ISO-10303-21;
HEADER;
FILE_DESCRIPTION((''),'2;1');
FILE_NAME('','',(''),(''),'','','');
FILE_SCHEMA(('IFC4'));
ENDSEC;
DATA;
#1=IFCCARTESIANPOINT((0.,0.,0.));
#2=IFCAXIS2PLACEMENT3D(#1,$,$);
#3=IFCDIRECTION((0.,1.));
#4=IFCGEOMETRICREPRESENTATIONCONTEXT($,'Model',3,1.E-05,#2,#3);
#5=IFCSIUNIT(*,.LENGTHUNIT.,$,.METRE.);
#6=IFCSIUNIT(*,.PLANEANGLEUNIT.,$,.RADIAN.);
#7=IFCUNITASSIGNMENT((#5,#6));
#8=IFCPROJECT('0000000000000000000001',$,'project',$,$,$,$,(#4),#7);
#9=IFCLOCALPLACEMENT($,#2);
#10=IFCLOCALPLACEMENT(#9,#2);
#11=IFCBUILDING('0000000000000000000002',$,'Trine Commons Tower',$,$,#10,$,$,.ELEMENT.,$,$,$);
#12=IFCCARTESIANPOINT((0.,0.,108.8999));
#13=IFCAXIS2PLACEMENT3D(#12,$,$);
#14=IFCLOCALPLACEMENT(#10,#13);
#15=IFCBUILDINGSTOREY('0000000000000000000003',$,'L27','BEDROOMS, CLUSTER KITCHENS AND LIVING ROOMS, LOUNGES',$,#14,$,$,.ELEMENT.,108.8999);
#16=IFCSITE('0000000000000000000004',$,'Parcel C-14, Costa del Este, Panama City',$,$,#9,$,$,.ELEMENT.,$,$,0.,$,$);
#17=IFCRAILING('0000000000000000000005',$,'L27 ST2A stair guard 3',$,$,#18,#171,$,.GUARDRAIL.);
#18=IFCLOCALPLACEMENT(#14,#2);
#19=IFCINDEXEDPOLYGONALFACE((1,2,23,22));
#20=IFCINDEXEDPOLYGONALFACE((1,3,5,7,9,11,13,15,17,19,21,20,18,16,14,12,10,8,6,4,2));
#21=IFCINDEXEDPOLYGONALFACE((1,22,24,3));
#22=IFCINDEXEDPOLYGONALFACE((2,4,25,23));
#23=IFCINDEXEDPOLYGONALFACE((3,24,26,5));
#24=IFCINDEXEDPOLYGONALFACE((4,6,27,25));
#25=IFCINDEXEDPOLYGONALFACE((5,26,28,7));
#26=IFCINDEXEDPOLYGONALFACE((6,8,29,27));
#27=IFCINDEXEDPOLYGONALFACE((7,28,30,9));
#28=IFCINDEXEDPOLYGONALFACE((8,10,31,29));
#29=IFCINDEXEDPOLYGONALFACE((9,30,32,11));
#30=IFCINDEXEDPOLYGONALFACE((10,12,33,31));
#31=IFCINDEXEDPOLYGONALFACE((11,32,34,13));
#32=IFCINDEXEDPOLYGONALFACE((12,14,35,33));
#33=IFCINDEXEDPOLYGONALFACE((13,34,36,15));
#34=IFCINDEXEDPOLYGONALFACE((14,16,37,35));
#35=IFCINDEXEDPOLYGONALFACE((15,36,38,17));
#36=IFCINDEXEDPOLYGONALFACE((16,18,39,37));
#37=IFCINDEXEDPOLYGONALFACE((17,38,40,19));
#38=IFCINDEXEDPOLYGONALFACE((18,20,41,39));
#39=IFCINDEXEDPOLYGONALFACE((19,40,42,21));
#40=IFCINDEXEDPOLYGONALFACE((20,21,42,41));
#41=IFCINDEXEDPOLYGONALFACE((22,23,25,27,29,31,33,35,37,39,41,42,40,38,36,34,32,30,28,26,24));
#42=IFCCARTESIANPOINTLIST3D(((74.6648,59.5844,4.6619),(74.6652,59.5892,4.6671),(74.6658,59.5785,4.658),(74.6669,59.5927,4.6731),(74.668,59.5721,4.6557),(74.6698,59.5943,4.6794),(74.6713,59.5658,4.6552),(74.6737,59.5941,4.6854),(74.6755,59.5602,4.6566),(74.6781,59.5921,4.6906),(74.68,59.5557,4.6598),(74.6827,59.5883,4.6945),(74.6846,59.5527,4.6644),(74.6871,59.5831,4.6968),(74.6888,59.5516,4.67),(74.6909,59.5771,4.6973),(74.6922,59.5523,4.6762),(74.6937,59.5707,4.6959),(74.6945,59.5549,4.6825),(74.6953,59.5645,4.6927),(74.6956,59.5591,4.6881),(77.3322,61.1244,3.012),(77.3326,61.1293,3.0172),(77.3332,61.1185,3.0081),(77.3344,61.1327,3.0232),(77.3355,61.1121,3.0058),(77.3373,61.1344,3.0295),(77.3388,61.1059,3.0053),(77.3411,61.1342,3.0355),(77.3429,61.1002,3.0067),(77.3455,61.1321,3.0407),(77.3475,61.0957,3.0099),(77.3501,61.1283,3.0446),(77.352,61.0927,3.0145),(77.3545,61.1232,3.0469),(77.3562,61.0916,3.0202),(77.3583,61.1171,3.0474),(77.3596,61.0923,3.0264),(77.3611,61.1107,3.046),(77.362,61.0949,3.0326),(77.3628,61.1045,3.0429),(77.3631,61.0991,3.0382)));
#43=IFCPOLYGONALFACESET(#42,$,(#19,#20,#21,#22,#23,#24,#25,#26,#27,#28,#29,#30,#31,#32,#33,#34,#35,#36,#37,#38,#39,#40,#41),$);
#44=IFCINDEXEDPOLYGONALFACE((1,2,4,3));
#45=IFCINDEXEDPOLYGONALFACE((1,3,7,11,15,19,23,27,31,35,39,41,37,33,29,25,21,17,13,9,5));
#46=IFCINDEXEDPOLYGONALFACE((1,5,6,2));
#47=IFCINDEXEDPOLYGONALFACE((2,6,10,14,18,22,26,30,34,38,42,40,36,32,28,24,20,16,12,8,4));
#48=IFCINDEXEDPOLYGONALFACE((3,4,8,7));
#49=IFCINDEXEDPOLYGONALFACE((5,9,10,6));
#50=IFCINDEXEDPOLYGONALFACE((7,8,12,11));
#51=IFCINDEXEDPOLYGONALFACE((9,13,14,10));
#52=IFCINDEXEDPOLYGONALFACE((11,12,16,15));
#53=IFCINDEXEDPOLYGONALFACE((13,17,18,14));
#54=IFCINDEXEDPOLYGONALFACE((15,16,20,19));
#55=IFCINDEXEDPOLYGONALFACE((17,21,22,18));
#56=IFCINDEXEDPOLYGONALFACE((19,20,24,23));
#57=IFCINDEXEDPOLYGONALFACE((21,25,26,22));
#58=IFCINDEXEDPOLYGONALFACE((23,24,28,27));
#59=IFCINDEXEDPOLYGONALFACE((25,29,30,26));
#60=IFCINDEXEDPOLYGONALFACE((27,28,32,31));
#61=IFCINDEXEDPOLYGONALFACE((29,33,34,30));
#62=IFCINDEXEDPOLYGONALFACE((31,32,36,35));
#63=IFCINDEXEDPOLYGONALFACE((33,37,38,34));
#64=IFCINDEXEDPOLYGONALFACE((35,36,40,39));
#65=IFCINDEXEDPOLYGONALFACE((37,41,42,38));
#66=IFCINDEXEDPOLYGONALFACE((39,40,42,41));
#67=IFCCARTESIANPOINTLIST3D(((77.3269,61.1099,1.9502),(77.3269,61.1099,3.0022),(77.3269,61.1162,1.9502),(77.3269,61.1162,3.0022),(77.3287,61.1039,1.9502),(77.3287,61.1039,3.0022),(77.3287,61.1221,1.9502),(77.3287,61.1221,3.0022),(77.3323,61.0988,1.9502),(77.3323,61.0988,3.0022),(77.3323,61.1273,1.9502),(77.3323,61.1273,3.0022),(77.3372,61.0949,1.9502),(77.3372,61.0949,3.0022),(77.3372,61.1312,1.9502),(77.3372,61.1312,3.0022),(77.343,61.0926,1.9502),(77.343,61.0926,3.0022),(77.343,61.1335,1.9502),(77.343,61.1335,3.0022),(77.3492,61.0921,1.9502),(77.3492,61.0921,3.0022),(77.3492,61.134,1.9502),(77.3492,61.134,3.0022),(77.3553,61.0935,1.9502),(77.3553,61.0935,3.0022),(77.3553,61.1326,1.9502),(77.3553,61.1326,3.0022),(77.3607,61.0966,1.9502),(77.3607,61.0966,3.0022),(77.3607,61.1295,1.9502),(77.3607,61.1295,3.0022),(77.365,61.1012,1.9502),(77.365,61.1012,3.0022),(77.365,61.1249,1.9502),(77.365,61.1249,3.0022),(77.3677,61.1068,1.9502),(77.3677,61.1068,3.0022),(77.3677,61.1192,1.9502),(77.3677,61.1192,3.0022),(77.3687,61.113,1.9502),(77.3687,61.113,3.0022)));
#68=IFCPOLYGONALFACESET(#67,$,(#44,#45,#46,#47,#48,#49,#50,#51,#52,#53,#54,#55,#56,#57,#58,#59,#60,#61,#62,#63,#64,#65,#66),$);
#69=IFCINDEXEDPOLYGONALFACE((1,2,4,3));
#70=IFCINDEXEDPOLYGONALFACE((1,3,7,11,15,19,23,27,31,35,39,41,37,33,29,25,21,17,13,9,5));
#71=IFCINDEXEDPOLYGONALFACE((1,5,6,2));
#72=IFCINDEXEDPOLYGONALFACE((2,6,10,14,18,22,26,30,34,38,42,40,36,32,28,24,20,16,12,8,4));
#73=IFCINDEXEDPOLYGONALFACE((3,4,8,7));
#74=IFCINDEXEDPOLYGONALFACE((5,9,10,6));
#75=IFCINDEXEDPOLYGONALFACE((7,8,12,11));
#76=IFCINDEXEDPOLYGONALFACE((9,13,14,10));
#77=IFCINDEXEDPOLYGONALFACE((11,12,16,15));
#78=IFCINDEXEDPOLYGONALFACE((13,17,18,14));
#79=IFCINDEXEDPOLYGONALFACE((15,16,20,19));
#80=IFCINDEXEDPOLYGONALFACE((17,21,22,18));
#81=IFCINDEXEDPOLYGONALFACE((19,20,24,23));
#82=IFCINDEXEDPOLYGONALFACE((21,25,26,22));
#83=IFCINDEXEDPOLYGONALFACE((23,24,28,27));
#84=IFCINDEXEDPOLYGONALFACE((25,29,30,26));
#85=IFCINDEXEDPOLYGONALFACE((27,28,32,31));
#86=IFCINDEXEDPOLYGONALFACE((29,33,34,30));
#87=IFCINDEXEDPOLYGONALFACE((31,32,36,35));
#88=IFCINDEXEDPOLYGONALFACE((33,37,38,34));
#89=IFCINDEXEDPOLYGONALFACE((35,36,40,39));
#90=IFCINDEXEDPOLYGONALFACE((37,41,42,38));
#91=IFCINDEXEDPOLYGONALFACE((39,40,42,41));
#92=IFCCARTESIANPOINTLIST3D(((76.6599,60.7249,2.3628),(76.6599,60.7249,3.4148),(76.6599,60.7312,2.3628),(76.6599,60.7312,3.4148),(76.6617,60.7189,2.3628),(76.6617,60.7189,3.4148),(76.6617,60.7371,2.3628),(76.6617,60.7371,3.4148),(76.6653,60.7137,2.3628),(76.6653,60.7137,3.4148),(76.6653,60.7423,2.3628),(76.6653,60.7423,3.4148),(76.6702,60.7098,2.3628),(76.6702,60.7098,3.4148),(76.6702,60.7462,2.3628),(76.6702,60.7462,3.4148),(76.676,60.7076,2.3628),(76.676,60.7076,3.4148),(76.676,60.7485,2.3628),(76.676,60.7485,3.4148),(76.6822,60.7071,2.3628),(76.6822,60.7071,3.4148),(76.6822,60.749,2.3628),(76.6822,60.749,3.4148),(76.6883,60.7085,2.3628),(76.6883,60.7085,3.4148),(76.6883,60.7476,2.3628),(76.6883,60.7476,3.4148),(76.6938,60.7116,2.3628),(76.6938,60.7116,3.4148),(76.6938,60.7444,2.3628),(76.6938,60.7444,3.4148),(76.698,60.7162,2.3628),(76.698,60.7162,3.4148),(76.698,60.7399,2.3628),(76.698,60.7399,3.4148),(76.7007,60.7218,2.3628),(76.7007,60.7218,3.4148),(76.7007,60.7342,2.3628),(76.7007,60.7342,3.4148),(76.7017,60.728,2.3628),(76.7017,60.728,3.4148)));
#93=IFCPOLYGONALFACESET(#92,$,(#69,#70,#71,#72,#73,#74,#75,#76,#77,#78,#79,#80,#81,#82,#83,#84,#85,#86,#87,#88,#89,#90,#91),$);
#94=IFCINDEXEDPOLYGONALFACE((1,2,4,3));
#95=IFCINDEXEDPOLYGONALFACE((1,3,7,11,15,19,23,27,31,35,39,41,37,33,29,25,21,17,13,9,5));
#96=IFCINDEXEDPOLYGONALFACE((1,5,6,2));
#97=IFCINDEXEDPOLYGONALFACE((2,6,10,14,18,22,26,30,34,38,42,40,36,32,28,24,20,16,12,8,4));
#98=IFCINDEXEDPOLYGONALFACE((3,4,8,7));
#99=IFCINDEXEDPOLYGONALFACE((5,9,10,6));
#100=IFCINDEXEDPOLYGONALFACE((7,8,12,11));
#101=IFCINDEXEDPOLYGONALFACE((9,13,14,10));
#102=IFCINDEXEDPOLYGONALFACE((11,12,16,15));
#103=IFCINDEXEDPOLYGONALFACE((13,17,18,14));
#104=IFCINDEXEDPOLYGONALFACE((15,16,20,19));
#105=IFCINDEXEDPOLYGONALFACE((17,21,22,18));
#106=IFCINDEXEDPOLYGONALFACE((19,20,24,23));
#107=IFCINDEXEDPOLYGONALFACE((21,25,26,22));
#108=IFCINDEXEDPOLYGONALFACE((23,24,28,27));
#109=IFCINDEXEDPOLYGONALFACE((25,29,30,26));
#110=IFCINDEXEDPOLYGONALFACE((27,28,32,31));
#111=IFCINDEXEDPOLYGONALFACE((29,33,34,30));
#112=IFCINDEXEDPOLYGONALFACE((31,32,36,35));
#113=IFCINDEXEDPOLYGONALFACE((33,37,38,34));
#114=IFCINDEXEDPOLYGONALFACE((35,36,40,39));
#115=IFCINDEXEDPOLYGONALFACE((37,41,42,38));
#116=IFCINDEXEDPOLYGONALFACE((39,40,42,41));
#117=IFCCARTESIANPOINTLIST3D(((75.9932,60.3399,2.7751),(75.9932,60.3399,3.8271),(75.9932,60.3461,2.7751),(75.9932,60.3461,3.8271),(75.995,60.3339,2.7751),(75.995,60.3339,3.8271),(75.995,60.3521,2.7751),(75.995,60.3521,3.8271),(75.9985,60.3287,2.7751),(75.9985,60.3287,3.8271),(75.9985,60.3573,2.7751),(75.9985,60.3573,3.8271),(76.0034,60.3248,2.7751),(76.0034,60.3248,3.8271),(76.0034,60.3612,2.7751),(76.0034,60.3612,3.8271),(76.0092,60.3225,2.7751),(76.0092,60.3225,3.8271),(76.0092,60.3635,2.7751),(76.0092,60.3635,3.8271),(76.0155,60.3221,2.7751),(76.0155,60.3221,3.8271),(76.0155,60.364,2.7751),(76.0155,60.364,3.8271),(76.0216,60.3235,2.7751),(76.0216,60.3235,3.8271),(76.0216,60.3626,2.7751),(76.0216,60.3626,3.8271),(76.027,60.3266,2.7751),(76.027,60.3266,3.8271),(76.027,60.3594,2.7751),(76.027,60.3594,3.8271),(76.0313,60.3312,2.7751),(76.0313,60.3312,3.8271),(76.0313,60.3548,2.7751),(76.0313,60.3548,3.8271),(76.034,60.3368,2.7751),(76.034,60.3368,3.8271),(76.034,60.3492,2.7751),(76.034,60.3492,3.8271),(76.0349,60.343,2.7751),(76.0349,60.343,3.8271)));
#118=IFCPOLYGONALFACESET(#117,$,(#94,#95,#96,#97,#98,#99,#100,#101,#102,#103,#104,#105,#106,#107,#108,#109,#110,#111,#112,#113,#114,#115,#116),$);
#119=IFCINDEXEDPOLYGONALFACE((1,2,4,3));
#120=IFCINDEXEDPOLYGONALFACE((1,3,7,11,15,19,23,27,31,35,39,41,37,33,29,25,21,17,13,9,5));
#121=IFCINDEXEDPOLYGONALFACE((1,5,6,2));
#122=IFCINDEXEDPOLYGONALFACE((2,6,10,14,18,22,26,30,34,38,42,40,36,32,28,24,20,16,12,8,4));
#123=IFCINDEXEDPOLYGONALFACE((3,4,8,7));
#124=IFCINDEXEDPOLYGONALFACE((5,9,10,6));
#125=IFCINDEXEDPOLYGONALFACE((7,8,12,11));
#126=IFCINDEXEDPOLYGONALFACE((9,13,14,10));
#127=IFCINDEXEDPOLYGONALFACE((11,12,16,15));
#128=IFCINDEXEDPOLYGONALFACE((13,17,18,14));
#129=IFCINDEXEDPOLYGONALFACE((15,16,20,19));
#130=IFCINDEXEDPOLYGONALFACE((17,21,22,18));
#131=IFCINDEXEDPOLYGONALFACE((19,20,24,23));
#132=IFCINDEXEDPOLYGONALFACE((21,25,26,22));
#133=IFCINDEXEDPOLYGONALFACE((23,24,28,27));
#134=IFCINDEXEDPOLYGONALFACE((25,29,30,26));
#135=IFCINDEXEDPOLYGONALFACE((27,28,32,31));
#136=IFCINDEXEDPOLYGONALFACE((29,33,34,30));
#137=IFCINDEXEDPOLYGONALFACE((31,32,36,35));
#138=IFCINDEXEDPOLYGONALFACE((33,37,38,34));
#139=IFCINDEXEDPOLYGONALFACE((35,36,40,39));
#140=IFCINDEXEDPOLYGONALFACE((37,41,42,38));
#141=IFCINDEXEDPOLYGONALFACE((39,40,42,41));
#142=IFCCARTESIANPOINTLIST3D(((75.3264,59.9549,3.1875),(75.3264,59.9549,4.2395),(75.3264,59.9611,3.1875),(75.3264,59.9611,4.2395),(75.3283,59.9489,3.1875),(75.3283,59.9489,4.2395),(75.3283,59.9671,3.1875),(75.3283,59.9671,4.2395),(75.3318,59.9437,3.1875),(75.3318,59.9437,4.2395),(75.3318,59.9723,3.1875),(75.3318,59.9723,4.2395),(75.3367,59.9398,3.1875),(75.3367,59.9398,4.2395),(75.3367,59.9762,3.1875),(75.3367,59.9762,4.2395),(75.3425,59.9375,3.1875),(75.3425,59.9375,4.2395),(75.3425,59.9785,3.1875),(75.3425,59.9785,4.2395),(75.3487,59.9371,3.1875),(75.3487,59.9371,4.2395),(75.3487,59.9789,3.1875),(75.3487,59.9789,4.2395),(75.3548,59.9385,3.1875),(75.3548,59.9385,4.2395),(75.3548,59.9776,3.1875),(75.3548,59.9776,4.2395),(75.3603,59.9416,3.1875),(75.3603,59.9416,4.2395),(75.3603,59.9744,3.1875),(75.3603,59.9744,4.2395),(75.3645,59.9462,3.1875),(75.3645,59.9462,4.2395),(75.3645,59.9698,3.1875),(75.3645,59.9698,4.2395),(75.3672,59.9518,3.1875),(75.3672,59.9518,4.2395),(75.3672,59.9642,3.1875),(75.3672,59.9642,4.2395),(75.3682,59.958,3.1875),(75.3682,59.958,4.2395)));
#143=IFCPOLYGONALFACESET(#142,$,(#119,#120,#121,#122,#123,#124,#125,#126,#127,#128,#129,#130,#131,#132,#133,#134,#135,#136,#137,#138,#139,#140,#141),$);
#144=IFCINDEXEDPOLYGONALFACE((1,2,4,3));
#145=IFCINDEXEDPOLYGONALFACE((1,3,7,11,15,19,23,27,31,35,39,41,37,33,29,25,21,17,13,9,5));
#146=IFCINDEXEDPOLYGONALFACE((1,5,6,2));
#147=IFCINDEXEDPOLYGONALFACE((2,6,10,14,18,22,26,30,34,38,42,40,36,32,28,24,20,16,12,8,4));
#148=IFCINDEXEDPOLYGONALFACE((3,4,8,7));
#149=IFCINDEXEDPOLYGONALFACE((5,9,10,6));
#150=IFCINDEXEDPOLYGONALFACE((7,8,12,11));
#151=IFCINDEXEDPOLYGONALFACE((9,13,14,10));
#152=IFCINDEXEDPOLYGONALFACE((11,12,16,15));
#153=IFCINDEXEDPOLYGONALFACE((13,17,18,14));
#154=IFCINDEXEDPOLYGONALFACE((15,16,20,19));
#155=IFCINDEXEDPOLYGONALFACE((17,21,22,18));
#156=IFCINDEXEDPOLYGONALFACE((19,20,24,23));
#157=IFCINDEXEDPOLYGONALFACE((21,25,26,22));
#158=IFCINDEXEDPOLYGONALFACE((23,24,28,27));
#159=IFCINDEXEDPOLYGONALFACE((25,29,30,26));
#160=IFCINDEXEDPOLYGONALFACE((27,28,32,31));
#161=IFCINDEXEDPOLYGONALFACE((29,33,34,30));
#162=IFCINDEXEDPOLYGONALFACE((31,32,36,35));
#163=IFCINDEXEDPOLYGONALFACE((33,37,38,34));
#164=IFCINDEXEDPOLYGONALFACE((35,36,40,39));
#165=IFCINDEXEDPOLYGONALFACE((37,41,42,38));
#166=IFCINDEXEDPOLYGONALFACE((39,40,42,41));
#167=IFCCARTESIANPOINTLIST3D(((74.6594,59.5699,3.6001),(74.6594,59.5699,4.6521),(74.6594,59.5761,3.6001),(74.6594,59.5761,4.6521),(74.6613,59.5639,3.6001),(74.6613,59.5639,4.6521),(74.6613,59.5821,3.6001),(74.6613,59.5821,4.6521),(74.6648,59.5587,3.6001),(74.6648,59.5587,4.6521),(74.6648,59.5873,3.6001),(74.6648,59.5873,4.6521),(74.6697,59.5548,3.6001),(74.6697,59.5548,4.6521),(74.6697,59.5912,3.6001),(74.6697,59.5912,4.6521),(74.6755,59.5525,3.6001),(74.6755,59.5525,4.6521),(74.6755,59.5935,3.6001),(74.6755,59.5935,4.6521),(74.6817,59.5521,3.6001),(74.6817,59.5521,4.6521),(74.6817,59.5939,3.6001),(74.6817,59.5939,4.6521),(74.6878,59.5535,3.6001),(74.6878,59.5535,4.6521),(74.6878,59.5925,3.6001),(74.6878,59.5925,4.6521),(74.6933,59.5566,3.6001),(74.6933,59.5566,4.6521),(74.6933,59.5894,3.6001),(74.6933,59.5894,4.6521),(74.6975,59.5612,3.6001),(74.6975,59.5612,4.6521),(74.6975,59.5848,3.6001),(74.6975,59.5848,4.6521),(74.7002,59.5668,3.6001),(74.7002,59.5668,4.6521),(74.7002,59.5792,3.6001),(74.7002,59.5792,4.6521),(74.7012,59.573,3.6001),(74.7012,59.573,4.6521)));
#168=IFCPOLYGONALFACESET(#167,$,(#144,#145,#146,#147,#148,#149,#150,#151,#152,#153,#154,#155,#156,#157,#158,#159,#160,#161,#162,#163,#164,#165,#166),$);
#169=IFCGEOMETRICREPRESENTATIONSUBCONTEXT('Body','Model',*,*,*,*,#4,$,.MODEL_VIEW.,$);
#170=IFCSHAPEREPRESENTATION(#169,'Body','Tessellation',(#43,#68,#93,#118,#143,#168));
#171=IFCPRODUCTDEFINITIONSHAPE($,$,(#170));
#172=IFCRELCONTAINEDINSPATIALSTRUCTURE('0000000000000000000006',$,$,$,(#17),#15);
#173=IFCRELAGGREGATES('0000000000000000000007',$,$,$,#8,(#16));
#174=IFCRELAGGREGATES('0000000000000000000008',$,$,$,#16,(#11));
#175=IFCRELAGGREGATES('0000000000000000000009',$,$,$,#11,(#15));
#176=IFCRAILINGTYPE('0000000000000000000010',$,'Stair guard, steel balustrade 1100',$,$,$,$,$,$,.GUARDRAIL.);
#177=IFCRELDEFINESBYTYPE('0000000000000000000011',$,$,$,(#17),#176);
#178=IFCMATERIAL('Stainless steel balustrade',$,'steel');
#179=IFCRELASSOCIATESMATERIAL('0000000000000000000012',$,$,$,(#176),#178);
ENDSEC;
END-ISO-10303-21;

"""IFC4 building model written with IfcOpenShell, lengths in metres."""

from ifc_helpers import new_model, si_unit, direction, frame, origin, origin_2d, place, context, subcontext, project, spatial, circle, extrude, material, type_object, element, save


model = new_model("IFC4")

# Units and contexts
model_context = context("Model", 3, precision=1e-05, world=origin(), true_north=direction((0.0, 1.0)))
body_context = subcontext(model_context, "Body", "Model", "MODEL_VIEW")
ifc_project = project(units=[si_unit("LENGTHUNIT", "METRE"), si_unit("PLANEANGLEUNIT", "RADIAN")], contexts=[model_context])

# Site, building, storey
site_placement = place(None, origin())
site = spatial("IfcSite", under=ifc_project, at=site_placement, Name="Parcel C-14, Costa del Este, Panama City", CompositionType="ELEMENT", RefElevation=0.0)
building_placement = place(site_placement, origin())
building = spatial("IfcBuilding", under=site, at=building_placement, Name="Trine Commons Tower", CompositionType="ELEMENT")
storey_placement = place(building_placement, frame((0.0, 0.0, 108.8999)))
storey = spatial("IfcBuildingStorey", under=building, at=storey_placement, Name="L27", Description="BEDROOMS, CLUSTER KITCHENS AND LIVING ROOMS, LOUNGES", CompositionType="ELEMENT", Elevation=108.8999)

# Railing
ifc_material_1 = material(Name="Stainless steel balustrade", Category="steel")
railing_type_1 = type_object("IfcRailingType", Name="Stair guard, steel balustrade 1100", PredefinedType="GUARDRAIL", material=ifc_material_1)
railing_1_placement = place(storey_placement, frame((77.3477, 61.113, 1.9502)))
element("IfcRailing", 1, at=railing_1_placement, inside=storey, type_object=railing_type_1, Name="L27 ST2A stair guard 3", PredefinedType="GUARDRAIL", context=body_context, shape_type="SweptSolid", body=[
    extrude(circle(Radius=0.0239, at=origin_2d()), frame((0.0, 0.0, 1.0762), z_axis=(-0.763405, -0.440743, 0.472185), x_axis=(0.499992, -0.86603, 0.0)), (0.0, 0.0, 1.0), 3.4941),
    extrude(circle(Radius=0.021, at=origin_2d()), origin(), (0.0, 0.0, 1.0), 1.052),
    extrude(circle(Radius=0.021, at=origin_2d()), frame((-0.667, -0.385, 0.4126)), (0.0, 0.0, 1.0), 1.052),
    extrude(circle(Radius=0.021, at=origin_2d()), frame((-1.3337, -0.77, 0.825)), (0.0, 0.0, 1.0), 1.052),
    extrude(circle(Radius=0.021, at=origin_2d()), frame((-2.0005, -1.155, 1.2373)), (0.0, 0.0, 1.0), 1.052),
    extrude(circle(Radius=0.021, at=origin_2d()), frame((-2.6675, -1.54, 1.6499)), (0.0, 0.0, 1.0), 1.052),
])

save(model, "model.ifc")
